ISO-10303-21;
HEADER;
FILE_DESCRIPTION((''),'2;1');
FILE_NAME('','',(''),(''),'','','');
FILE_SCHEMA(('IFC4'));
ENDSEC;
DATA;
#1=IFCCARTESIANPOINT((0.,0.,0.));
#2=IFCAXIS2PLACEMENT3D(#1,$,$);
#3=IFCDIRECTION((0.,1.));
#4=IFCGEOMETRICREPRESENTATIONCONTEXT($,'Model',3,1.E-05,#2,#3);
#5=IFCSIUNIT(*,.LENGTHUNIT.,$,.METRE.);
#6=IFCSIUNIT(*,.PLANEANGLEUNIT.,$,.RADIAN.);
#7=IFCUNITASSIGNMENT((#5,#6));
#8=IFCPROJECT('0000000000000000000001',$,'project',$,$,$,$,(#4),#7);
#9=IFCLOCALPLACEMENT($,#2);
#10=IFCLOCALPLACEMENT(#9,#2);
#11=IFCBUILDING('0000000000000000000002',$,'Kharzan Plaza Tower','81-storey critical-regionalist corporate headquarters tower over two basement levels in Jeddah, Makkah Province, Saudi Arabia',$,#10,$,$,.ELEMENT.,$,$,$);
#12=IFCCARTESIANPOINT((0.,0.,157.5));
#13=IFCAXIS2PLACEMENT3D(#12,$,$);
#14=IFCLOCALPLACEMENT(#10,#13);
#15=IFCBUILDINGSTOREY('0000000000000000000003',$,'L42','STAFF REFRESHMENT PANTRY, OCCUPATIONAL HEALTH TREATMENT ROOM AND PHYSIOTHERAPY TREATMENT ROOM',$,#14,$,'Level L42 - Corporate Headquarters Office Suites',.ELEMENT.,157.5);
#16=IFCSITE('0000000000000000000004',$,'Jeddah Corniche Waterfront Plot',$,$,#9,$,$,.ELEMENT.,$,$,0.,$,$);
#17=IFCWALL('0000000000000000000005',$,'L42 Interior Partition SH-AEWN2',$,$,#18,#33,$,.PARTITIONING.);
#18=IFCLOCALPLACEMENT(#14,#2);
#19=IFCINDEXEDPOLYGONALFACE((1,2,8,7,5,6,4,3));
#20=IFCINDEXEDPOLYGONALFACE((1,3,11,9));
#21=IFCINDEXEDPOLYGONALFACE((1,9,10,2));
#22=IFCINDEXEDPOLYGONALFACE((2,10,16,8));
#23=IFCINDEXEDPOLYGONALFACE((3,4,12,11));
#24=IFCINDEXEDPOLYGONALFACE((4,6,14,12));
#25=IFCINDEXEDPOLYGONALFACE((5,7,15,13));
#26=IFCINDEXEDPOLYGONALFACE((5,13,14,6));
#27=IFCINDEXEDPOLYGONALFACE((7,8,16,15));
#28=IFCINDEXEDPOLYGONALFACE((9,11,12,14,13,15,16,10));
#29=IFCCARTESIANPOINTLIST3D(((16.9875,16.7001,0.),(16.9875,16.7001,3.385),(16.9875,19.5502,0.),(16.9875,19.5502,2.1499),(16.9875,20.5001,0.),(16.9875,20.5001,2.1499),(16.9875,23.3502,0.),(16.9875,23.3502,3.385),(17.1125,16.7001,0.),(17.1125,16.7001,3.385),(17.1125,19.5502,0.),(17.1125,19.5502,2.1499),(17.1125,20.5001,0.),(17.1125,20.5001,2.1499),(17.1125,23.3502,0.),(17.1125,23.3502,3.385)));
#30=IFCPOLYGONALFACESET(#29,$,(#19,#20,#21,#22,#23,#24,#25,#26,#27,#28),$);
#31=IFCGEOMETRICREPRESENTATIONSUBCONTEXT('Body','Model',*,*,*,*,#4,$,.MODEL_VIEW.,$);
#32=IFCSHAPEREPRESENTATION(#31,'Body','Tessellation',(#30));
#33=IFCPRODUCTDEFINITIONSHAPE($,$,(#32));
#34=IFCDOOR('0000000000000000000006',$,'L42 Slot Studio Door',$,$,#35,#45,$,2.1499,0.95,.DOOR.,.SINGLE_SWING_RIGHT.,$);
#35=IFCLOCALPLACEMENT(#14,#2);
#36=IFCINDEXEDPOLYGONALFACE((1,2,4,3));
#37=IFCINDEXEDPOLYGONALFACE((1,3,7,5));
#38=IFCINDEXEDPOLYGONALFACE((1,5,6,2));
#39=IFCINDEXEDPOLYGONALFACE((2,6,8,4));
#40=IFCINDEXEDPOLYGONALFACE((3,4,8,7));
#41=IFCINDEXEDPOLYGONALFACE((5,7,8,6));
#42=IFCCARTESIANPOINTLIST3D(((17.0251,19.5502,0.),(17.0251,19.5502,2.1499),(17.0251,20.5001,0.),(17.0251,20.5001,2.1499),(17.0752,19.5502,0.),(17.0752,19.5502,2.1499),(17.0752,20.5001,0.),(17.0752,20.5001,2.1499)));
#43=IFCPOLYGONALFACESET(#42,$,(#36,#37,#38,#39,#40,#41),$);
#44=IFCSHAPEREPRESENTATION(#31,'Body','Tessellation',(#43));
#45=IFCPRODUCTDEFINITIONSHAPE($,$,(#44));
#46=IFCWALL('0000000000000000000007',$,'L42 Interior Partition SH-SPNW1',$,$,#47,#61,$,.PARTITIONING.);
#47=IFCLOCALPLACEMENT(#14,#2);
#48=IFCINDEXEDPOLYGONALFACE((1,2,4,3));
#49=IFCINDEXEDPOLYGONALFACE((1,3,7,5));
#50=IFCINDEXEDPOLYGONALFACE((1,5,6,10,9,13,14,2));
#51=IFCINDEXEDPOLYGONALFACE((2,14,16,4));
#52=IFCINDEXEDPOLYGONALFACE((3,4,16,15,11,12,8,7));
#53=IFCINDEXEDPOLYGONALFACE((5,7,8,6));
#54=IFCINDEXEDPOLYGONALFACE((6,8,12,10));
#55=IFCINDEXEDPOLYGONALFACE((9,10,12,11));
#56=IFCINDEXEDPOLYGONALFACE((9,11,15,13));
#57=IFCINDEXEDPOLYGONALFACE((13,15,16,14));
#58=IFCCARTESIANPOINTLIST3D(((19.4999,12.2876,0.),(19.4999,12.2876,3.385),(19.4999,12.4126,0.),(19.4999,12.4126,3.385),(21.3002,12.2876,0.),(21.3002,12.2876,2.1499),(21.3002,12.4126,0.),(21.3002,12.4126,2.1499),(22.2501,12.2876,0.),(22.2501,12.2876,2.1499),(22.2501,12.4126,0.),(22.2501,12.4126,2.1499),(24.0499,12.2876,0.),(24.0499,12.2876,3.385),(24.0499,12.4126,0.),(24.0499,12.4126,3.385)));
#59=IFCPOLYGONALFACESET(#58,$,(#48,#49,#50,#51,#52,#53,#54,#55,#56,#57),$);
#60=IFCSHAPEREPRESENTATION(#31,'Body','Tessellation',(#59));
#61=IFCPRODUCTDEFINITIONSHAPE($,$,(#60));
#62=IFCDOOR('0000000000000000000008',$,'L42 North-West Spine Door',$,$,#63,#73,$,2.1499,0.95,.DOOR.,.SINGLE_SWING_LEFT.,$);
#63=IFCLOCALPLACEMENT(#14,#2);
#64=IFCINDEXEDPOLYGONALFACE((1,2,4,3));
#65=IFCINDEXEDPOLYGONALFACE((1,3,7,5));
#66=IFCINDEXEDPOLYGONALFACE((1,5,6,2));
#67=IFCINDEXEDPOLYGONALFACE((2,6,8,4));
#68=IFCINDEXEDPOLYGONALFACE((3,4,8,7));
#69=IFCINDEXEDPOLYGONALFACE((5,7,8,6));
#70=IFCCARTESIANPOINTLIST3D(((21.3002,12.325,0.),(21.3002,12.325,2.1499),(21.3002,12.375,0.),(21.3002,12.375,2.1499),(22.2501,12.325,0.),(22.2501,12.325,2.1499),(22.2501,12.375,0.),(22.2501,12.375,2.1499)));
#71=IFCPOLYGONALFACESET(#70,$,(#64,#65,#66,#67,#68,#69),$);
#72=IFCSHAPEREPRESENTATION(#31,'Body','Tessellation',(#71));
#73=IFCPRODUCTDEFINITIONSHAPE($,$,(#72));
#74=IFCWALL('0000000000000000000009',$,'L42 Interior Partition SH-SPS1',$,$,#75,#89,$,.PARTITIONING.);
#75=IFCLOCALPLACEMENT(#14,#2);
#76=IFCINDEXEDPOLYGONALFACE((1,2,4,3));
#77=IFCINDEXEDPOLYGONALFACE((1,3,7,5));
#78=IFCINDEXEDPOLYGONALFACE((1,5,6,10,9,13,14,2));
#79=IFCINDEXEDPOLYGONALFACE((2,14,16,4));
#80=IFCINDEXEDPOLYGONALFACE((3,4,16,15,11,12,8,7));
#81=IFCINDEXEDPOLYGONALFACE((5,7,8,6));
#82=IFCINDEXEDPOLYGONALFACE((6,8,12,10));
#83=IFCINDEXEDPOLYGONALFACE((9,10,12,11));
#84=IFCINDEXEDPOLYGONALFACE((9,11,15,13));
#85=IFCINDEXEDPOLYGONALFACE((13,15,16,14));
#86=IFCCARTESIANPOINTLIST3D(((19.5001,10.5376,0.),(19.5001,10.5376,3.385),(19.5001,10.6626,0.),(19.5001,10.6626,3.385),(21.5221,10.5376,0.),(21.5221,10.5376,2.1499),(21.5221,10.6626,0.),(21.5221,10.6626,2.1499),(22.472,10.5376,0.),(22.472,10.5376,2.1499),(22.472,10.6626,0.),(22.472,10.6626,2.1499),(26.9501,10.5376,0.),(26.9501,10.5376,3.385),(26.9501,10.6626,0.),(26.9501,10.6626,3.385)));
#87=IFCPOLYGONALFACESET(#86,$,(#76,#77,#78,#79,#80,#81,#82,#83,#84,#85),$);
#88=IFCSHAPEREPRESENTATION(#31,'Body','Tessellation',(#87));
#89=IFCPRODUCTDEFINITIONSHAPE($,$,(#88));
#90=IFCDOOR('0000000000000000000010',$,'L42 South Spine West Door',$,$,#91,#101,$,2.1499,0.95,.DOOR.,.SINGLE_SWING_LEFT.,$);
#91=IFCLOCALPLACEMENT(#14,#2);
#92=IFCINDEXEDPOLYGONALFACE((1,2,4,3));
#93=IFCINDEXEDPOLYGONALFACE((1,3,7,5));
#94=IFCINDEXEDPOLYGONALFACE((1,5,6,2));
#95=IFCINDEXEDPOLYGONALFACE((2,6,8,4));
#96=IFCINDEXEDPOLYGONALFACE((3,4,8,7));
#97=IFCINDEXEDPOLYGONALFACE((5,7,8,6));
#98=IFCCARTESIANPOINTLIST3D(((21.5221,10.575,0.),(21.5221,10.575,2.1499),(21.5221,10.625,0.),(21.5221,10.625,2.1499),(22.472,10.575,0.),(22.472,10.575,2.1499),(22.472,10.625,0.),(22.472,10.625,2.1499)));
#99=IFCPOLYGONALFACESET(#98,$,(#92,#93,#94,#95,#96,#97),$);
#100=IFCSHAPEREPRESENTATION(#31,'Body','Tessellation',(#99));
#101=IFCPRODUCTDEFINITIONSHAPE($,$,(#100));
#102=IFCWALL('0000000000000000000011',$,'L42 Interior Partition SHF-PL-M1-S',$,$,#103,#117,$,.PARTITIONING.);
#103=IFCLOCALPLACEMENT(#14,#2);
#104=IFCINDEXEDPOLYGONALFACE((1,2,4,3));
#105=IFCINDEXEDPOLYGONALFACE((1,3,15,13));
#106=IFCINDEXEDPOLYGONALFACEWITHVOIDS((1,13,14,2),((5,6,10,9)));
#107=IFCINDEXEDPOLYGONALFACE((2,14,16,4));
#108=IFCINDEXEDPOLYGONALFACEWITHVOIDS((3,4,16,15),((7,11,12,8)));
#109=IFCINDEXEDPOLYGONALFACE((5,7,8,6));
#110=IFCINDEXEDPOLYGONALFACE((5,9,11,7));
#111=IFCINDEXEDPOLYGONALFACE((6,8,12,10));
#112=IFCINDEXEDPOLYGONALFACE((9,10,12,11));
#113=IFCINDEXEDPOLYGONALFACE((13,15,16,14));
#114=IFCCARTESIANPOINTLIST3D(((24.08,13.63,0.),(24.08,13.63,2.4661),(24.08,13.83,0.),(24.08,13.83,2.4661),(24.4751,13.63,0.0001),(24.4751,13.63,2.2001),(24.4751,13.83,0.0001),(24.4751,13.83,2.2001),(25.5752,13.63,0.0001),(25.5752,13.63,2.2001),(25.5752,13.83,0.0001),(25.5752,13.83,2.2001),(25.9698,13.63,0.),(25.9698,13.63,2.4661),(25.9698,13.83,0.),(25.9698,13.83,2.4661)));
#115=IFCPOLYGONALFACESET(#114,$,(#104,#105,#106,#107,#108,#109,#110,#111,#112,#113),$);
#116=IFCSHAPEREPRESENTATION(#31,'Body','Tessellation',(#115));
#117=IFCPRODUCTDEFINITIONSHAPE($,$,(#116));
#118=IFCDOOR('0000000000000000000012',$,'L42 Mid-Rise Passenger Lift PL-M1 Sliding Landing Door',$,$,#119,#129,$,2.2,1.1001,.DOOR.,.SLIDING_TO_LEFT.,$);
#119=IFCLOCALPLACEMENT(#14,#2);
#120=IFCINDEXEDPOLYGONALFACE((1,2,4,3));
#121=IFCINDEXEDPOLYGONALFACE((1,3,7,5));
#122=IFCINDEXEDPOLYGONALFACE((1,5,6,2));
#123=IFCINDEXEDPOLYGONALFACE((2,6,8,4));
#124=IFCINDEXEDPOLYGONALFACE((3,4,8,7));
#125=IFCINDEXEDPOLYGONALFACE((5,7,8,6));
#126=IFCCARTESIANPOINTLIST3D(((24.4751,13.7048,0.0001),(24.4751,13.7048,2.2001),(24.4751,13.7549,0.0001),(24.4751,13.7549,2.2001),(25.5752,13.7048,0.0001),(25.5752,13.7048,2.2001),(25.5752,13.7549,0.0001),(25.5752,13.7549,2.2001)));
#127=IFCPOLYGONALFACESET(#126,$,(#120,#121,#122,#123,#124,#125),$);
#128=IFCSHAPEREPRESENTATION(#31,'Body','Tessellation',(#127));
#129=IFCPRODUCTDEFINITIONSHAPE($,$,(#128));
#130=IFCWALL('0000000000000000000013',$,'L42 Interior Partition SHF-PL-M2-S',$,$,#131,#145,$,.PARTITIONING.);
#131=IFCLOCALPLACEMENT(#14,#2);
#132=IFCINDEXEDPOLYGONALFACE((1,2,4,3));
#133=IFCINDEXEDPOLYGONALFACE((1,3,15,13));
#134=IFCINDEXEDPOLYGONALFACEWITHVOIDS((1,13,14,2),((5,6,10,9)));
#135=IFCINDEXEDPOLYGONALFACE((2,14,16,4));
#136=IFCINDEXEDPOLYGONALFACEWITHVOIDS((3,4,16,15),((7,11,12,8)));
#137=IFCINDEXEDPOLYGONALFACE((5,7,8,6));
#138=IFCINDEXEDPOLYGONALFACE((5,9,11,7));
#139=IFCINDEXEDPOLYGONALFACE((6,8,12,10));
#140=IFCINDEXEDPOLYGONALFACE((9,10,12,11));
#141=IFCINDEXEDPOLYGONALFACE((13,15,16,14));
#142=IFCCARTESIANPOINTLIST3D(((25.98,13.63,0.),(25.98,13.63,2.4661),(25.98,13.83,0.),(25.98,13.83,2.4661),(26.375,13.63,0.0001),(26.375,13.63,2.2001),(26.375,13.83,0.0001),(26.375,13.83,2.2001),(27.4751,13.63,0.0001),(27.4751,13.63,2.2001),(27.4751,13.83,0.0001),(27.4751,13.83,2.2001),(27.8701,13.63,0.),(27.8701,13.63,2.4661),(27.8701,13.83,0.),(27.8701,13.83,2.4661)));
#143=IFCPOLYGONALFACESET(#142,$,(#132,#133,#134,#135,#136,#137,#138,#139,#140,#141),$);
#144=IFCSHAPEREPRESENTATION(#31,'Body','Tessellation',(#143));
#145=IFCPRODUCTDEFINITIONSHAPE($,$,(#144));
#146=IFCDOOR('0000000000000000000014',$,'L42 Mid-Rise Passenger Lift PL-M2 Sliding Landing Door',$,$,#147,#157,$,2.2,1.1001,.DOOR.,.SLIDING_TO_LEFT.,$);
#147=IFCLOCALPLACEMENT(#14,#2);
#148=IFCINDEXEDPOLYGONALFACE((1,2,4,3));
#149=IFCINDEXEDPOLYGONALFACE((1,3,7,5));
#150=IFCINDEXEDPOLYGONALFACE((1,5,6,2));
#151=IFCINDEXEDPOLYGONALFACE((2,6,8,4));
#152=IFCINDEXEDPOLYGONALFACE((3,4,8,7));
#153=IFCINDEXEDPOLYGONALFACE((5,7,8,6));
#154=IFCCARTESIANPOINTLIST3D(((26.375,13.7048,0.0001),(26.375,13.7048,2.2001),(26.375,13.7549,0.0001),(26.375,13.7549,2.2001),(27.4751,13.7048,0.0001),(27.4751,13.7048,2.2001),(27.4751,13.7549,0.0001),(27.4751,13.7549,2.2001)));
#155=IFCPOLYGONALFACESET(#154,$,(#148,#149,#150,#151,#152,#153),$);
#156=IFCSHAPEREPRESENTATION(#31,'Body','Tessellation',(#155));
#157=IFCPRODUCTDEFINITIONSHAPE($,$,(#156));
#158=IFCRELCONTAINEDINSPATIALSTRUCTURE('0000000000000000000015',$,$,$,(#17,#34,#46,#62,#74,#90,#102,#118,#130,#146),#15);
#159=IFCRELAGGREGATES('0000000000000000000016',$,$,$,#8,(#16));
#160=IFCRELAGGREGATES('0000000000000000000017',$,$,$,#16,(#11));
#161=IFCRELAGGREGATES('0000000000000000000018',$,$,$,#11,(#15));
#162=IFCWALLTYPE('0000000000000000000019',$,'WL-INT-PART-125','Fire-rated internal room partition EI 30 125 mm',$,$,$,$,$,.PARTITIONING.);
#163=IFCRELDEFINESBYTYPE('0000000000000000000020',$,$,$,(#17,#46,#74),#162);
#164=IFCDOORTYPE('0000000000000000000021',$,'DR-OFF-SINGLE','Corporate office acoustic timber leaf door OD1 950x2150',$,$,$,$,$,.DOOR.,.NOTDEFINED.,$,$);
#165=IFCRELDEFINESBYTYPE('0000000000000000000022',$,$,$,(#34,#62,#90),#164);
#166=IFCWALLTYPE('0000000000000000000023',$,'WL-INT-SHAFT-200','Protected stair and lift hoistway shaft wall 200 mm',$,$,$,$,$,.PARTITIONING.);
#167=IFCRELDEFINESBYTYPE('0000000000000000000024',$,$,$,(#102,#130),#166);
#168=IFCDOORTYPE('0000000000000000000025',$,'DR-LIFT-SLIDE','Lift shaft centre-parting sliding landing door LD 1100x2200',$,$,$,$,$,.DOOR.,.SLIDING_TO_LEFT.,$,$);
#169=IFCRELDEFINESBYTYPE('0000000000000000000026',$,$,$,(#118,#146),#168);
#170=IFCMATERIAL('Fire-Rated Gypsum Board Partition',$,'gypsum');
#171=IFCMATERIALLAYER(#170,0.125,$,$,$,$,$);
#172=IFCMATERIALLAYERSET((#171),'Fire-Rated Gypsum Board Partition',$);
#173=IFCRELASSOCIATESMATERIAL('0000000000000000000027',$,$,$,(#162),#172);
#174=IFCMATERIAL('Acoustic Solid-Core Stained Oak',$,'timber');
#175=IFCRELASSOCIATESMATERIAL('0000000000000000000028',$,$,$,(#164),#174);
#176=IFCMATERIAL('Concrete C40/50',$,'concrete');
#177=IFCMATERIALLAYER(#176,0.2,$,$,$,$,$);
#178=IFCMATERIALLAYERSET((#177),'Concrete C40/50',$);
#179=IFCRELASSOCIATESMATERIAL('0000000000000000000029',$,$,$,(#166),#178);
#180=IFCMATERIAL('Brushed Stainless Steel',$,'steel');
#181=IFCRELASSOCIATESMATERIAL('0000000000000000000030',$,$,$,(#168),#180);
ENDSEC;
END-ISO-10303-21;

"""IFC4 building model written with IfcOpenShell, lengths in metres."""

from ifc_helpers import new_model, si_unit, direction, frame, frame_2d, origin, place, context, subcontext, project, spatial, rectangle, extrude, source, transform, mapped, material, layer, layer_set, type_object, element, fill, save


model = new_model("IFC4")

# Units and contexts
model_context = context("Model", 3, precision=1e-05, world=origin(), true_north=direction((0.0, 1.0)))
body_context = subcontext(model_context, "Body", "Model", "MODEL_VIEW")
ifc_project = project(units=[si_unit("LENGTHUNIT", "METRE"), si_unit("PLANEANGLEUNIT", "RADIAN")], contexts=[model_context])

# Site, building, storey
site_placement = place(None, origin())
site = spatial("IfcSite", under=ifc_project, at=site_placement, Name="Jeddah Corniche Waterfront Plot", CompositionType="ELEMENT", RefElevation=0.0)
building_placement = place(site_placement, origin())
building = spatial("IfcBuilding", under=site, at=building_placement, Name="Kharzan Plaza Tower", Description="81-storey critical-regionalist corporate headquarters tower over two basement levels in Jeddah, Makkah Province, Saudi Arabia", CompositionType="ELEMENT")
storey_placement = place(building_placement, frame((0.0, 0.0, 157.5)))
storey = spatial("IfcBuildingStorey", under=building, at=storey_placement, Name="L42", Description="STAFF REFRESHMENT PANTRY, OCCUPATIONAL HEALTH TREATMENT ROOM AND PHYSIOTHERAPY TREATMENT ROOM", LongName="Level L42 - Corporate Headquarters Office Suites", CompositionType="ELEMENT", Elevation=157.5)

# Walls, openings, doors
ifc_material_1 = material(Name="Fire-Rated Gypsum Board Partition", Category="gypsum")
ifc_layer_1 = layer(ifc_material_1, 0.125)
ifc_layer_set_1 = layer_set([ifc_layer_1], Name="Fire-Rated Gypsum Board Partition")
wall_type_1 = type_object("IfcWallType", Name="WL-INT-PART-125", Description="Fire-rated internal room partition EI 30 125 mm", PredefinedType="PARTITIONING", material=ifc_layer_set_1)
ifc_material_2 = material(Name="Acoustic Solid-Core Stained Oak", Category="timber")
door_type_1 = type_object("IfcDoorType", Name="DR-OFF-SINGLE", Description="Corporate office acoustic timber leaf door OD1 950x2150", OperationType="NOTDEFINED", PredefinedType="DOOR", material=ifc_material_2)
shared_shape_1 = source(origin(), body_context, "Body", "SweptSolid", [
    extrude(rectangle(XDim=0.95, YDim=2.1499, at=frame_2d((0.4751, 1.075))), frame((0.0, 0.0249, 0.0), z_axis=(0.0, -1.0, 0.0), x_axis=(1.0, 0.0, 0.0)), (0.0, 0.0, 1.0), 0.05),
])
wall_1_placement = place(storey_placement, frame((17.05, 16.7, 0.0), z_axis=(0.0, 0.0, 1.0), x_axis=(0.0, 1.0, 0.0)))
wall_1 = element("IfcWall", 1, at=wall_1_placement, inside=storey, type_object=wall_type_1, Name="L42 Interior Partition SH-AEWN2", PredefinedType="PARTITIONING", context=body_context, shape_type="SweptSolid", body=[
    extrude(rectangle(XDim=6.6501, YDim=0.125, at=frame_2d((3.3252, 0.0))), origin(), (0.0, 0.0, 1.0), 3.385),
])
opening_1_placement = place(wall_1_placement, frame((2.8501, 0.0, 0.0)))
opening_1 = element("IfcOpeningElement", 2, at=opening_1_placement, cuts=wall_1, PredefinedType="OPENING", context=body_context, shape_type="SweptSolid", body=[
    extrude(rectangle(XDim=0.95, YDim=2.1499, at=frame_2d((0.4751, 1.075))), frame((0.0, 0.0725, 0.0), z_axis=(0.0, -1.0, 0.0), x_axis=(1.0, 0.0, 0.0)), (0.0, 0.0, 1.0), 0.145),
])
door_1_placement = place(opening_1_placement, origin())
door_1 = element("IfcDoor", 3, at=door_1_placement, inside=storey, type_object=door_type_1, Name="L42 Slot Studio Door", OperationType="SINGLE_SWING_RIGHT", OverallHeight=2.1499, OverallWidth=0.95, PredefinedType="DOOR", context=body_context, shape_type="MappedRepresentation", body=[
    mapped(shared_shape_1, transform((0.0, 0.0, 0.0), x_axis=(1.0, 0.0, 0.0), y_axis=(0.0, 1.0, 0.0), z_axis=(0.0, 0.0, 1.0))),
])
fill(opening_1, door_1)
wall_2_placement = place(storey_placement, frame((19.5, 12.3501, 0.0), z_axis=(0.0, 0.0, 1.0), x_axis=(1.0, 0.0, 0.0)))
wall_2 = element("IfcWall", 4, at=wall_2_placement, inside=storey, type_object=wall_type_1, Name="L42 Interior Partition SH-SPNW1", PredefinedType="PARTITIONING", context=body_context, shape_type="SweptSolid", body=[
    extrude(rectangle(XDim=4.55, YDim=0.125, at=frame_2d((2.2749, 0.0))), origin(), (0.0, 0.0, 1.0), 3.385),
])
opening_2_placement = place(wall_2_placement, frame((1.8, 0.0, 0.0)))
opening_2 = element("IfcOpeningElement", 5, at=opening_2_placement, cuts=wall_2, PredefinedType="OPENING", context=body_context, shape_type="SweptSolid", body=[
    extrude(rectangle(XDim=0.95, YDim=2.1499, at=frame_2d((0.4751, 1.075))), frame((0.0, 0.0725, 0.0), z_axis=(0.0, -1.0, 0.0), x_axis=(1.0, 0.0, 0.0)), (0.0, 0.0, 1.0), 0.145),
])
door_2_placement = place(opening_2_placement, origin())
door_2 = element("IfcDoor", 6, at=door_2_placement, inside=storey, type_object=door_type_1, Name="L42 North-West Spine Door", OperationType="SINGLE_SWING_LEFT", OverallHeight=2.1499, OverallWidth=0.95, PredefinedType="DOOR", context=body_context, shape_type="MappedRepresentation", body=[
    mapped(shared_shape_1, transform((0.0, 0.0, 0.0), x_axis=(1.0, 0.0, 0.0), y_axis=(0.0, 1.0, 0.0), z_axis=(0.0, 0.0, 1.0))),
])
fill(opening_2, door_2)
wall_3_placement = place(storey_placement, frame((19.5, 10.6001, 0.0), z_axis=(0.0, 0.0, 1.0), x_axis=(1.0, 0.0, 0.0)))
wall_3 = element("IfcWall", 7, at=wall_3_placement, inside=storey, type_object=wall_type_1, Name="L42 Interior Partition SH-SPS1", PredefinedType="PARTITIONING", context=body_context, shape_type="SweptSolid", body=[
    extrude(rectangle(XDim=7.45, YDim=0.125, at=frame_2d((3.7251, 0.0))), origin(), (0.0, 0.0, 1.0), 3.385),
])
opening_3_placement = place(wall_3_placement, frame((2.022, 0.0, 0.0)))
opening_3 = element("IfcOpeningElement", 8, at=opening_3_placement, cuts=wall_3, PredefinedType="OPENING", context=body_context, shape_type="SweptSolid", body=[
    extrude(rectangle(XDim=0.95, YDim=2.1499, at=frame_2d((0.4751, 1.075))), frame((0.0, 0.0725, 0.0), z_axis=(0.0, -1.0, 0.0), x_axis=(1.0, 0.0, 0.0)), (0.0, 0.0, 1.0), 0.145),
])
door_3_placement = place(opening_3_placement, origin())
door_3 = element("IfcDoor", 9, at=door_3_placement, inside=storey, type_object=door_type_1, Name="L42 South Spine West Door", OperationType="SINGLE_SWING_LEFT", OverallHeight=2.1499, OverallWidth=0.95, PredefinedType="DOOR", context=body_context, shape_type="MappedRepresentation", body=[
    mapped(shared_shape_1, transform((0.0, 0.0, 0.0), x_axis=(1.0, 0.0, 0.0), y_axis=(0.0, 1.0, 0.0), z_axis=(0.0, 0.0, 1.0))),
])
fill(opening_3, door_3)
ifc_material_3 = material(Name="Concrete C40/50", Category="concrete")
ifc_layer_2 = layer(ifc_material_3, 0.2)
ifc_layer_set_2 = layer_set([ifc_layer_2], Name="Concrete C40/50")
wall_type_2 = type_object("IfcWallType", Name="WL-INT-SHAFT-200", Description="Protected stair and lift hoistway shaft wall 200 mm", PredefinedType="PARTITIONING", material=ifc_layer_set_2)
wall_4_placement = place(storey_placement, frame((24.0801, 13.73, 0.0), z_axis=(0.0, 0.0, 1.0), x_axis=(1.0, 0.0, 0.0)))
wall_4 = element("IfcWall", 10, at=wall_4_placement, inside=storey, type_object=wall_type_2, Name="L42 Interior Partition SHF-PL-M1-S", PredefinedType="PARTITIONING", context=body_context, shape_type="SweptSolid", body=[
    extrude(rectangle(XDim=1.8899, YDim=0.2, at=frame_2d((0.9448, 0.0))), origin(), (0.0, 0.0, 1.0), 2.4661),
])
opening_4_placement = place(wall_4_placement, frame((0.395, 0.0, 0.0)))
opening_4 = element("IfcOpeningElement", 11, at=opening_4_placement, cuts=wall_4, PredefinedType="OPENING", context=body_context, shape_type="SweptSolid", body=[
    extrude(rectangle(XDim=1.1001, YDim=2.2, at=frame_2d((0.55, 1.1001))), frame((0.0, 0.1099, 0.0), z_axis=(0.0, -1.0, 0.0), x_axis=(1.0, 0.0, 0.0)), (0.0, 0.0, 1.0), 0.22),
])
ifc_material_4 = material(Name="Brushed Stainless Steel", Category="steel")
door_type_2 = type_object("IfcDoorType", Name="DR-LIFT-SLIDE", Description="Lift shaft centre-parting sliding landing door LD 1100x2200", OperationType="SLIDING_TO_LEFT", PredefinedType="DOOR", material=ifc_material_4)
shared_shape_2 = source(origin(), body_context, "Body", "SweptSolid", [
    extrude(rectangle(XDim=1.1001, YDim=2.2, at=frame_2d((0.55, 1.1001))), frame((0.0, 0.0249, 0.0), z_axis=(0.0, -1.0, 0.0), x_axis=(1.0, 0.0, 0.0)), (0.0, 0.0, 1.0), 0.05),
])
door_4_placement = place(opening_4_placement, origin())
door_4 = element("IfcDoor", 12, at=door_4_placement, inside=storey, type_object=door_type_2, Name="L42 Mid-Rise Passenger Lift PL-M1 Sliding Landing Door", OperationType="SLIDING_TO_LEFT", OverallHeight=2.2, OverallWidth=1.1001, PredefinedType="DOOR", context=body_context, shape_type="MappedRepresentation", body=[
    mapped(shared_shape_2, transform((0.0, 0.0, 0.0), x_axis=(1.0, 0.0, 0.0), y_axis=(0.0, 1.0, 0.0), z_axis=(0.0, 0.0, 1.0))),
])
fill(opening_4, door_4)
wall_5_placement = place(storey_placement, frame((25.98, 13.73, 0.0), z_axis=(0.0, 0.0, 1.0), x_axis=(1.0, 0.0, 0.0)))
wall_5 = element("IfcWall", 13, at=wall_5_placement, inside=storey, type_object=wall_type_2, Name="L42 Interior Partition SHF-PL-M2-S", PredefinedType="PARTITIONING", context=body_context, shape_type="SweptSolid", body=[
    extrude(rectangle(XDim=1.8901, YDim=0.2, at=frame_2d((0.9451, 0.0))), origin(), (0.0, 0.0, 1.0), 2.4661),
])
opening_5_placement = place(wall_5_placement, frame((0.395, 0.0, 0.0)))
opening_5 = element("IfcOpeningElement", 14, at=opening_5_placement, cuts=wall_5, PredefinedType="OPENING", context=body_context, shape_type="SweptSolid", body=[
    extrude(rectangle(XDim=1.1001, YDim=2.2, at=frame_2d((0.55, 1.1001))), frame((0.0, 0.1099, 0.0), z_axis=(0.0, -1.0, 0.0), x_axis=(1.0, 0.0, 0.0)), (0.0, 0.0, 1.0), 0.22),
])
door_5_placement = place(opening_5_placement, origin())
door_5 = element("IfcDoor", 15, at=door_5_placement, inside=storey, type_object=door_type_2, Name="L42 Mid-Rise Passenger Lift PL-M2 Sliding Landing Door", OperationType="SLIDING_TO_LEFT", OverallHeight=2.2, OverallWidth=1.1001, PredefinedType="DOOR", context=body_context, shape_type="MappedRepresentation", body=[
    mapped(shared_shape_2, transform((0.0, 0.0, 0.0), x_axis=(1.0, 0.0, 0.0), y_axis=(0.0, 1.0, 0.0), z_axis=(0.0, 0.0, 1.0))),
])
fill(opening_5, door_5)

save(model, "model.ifc")
